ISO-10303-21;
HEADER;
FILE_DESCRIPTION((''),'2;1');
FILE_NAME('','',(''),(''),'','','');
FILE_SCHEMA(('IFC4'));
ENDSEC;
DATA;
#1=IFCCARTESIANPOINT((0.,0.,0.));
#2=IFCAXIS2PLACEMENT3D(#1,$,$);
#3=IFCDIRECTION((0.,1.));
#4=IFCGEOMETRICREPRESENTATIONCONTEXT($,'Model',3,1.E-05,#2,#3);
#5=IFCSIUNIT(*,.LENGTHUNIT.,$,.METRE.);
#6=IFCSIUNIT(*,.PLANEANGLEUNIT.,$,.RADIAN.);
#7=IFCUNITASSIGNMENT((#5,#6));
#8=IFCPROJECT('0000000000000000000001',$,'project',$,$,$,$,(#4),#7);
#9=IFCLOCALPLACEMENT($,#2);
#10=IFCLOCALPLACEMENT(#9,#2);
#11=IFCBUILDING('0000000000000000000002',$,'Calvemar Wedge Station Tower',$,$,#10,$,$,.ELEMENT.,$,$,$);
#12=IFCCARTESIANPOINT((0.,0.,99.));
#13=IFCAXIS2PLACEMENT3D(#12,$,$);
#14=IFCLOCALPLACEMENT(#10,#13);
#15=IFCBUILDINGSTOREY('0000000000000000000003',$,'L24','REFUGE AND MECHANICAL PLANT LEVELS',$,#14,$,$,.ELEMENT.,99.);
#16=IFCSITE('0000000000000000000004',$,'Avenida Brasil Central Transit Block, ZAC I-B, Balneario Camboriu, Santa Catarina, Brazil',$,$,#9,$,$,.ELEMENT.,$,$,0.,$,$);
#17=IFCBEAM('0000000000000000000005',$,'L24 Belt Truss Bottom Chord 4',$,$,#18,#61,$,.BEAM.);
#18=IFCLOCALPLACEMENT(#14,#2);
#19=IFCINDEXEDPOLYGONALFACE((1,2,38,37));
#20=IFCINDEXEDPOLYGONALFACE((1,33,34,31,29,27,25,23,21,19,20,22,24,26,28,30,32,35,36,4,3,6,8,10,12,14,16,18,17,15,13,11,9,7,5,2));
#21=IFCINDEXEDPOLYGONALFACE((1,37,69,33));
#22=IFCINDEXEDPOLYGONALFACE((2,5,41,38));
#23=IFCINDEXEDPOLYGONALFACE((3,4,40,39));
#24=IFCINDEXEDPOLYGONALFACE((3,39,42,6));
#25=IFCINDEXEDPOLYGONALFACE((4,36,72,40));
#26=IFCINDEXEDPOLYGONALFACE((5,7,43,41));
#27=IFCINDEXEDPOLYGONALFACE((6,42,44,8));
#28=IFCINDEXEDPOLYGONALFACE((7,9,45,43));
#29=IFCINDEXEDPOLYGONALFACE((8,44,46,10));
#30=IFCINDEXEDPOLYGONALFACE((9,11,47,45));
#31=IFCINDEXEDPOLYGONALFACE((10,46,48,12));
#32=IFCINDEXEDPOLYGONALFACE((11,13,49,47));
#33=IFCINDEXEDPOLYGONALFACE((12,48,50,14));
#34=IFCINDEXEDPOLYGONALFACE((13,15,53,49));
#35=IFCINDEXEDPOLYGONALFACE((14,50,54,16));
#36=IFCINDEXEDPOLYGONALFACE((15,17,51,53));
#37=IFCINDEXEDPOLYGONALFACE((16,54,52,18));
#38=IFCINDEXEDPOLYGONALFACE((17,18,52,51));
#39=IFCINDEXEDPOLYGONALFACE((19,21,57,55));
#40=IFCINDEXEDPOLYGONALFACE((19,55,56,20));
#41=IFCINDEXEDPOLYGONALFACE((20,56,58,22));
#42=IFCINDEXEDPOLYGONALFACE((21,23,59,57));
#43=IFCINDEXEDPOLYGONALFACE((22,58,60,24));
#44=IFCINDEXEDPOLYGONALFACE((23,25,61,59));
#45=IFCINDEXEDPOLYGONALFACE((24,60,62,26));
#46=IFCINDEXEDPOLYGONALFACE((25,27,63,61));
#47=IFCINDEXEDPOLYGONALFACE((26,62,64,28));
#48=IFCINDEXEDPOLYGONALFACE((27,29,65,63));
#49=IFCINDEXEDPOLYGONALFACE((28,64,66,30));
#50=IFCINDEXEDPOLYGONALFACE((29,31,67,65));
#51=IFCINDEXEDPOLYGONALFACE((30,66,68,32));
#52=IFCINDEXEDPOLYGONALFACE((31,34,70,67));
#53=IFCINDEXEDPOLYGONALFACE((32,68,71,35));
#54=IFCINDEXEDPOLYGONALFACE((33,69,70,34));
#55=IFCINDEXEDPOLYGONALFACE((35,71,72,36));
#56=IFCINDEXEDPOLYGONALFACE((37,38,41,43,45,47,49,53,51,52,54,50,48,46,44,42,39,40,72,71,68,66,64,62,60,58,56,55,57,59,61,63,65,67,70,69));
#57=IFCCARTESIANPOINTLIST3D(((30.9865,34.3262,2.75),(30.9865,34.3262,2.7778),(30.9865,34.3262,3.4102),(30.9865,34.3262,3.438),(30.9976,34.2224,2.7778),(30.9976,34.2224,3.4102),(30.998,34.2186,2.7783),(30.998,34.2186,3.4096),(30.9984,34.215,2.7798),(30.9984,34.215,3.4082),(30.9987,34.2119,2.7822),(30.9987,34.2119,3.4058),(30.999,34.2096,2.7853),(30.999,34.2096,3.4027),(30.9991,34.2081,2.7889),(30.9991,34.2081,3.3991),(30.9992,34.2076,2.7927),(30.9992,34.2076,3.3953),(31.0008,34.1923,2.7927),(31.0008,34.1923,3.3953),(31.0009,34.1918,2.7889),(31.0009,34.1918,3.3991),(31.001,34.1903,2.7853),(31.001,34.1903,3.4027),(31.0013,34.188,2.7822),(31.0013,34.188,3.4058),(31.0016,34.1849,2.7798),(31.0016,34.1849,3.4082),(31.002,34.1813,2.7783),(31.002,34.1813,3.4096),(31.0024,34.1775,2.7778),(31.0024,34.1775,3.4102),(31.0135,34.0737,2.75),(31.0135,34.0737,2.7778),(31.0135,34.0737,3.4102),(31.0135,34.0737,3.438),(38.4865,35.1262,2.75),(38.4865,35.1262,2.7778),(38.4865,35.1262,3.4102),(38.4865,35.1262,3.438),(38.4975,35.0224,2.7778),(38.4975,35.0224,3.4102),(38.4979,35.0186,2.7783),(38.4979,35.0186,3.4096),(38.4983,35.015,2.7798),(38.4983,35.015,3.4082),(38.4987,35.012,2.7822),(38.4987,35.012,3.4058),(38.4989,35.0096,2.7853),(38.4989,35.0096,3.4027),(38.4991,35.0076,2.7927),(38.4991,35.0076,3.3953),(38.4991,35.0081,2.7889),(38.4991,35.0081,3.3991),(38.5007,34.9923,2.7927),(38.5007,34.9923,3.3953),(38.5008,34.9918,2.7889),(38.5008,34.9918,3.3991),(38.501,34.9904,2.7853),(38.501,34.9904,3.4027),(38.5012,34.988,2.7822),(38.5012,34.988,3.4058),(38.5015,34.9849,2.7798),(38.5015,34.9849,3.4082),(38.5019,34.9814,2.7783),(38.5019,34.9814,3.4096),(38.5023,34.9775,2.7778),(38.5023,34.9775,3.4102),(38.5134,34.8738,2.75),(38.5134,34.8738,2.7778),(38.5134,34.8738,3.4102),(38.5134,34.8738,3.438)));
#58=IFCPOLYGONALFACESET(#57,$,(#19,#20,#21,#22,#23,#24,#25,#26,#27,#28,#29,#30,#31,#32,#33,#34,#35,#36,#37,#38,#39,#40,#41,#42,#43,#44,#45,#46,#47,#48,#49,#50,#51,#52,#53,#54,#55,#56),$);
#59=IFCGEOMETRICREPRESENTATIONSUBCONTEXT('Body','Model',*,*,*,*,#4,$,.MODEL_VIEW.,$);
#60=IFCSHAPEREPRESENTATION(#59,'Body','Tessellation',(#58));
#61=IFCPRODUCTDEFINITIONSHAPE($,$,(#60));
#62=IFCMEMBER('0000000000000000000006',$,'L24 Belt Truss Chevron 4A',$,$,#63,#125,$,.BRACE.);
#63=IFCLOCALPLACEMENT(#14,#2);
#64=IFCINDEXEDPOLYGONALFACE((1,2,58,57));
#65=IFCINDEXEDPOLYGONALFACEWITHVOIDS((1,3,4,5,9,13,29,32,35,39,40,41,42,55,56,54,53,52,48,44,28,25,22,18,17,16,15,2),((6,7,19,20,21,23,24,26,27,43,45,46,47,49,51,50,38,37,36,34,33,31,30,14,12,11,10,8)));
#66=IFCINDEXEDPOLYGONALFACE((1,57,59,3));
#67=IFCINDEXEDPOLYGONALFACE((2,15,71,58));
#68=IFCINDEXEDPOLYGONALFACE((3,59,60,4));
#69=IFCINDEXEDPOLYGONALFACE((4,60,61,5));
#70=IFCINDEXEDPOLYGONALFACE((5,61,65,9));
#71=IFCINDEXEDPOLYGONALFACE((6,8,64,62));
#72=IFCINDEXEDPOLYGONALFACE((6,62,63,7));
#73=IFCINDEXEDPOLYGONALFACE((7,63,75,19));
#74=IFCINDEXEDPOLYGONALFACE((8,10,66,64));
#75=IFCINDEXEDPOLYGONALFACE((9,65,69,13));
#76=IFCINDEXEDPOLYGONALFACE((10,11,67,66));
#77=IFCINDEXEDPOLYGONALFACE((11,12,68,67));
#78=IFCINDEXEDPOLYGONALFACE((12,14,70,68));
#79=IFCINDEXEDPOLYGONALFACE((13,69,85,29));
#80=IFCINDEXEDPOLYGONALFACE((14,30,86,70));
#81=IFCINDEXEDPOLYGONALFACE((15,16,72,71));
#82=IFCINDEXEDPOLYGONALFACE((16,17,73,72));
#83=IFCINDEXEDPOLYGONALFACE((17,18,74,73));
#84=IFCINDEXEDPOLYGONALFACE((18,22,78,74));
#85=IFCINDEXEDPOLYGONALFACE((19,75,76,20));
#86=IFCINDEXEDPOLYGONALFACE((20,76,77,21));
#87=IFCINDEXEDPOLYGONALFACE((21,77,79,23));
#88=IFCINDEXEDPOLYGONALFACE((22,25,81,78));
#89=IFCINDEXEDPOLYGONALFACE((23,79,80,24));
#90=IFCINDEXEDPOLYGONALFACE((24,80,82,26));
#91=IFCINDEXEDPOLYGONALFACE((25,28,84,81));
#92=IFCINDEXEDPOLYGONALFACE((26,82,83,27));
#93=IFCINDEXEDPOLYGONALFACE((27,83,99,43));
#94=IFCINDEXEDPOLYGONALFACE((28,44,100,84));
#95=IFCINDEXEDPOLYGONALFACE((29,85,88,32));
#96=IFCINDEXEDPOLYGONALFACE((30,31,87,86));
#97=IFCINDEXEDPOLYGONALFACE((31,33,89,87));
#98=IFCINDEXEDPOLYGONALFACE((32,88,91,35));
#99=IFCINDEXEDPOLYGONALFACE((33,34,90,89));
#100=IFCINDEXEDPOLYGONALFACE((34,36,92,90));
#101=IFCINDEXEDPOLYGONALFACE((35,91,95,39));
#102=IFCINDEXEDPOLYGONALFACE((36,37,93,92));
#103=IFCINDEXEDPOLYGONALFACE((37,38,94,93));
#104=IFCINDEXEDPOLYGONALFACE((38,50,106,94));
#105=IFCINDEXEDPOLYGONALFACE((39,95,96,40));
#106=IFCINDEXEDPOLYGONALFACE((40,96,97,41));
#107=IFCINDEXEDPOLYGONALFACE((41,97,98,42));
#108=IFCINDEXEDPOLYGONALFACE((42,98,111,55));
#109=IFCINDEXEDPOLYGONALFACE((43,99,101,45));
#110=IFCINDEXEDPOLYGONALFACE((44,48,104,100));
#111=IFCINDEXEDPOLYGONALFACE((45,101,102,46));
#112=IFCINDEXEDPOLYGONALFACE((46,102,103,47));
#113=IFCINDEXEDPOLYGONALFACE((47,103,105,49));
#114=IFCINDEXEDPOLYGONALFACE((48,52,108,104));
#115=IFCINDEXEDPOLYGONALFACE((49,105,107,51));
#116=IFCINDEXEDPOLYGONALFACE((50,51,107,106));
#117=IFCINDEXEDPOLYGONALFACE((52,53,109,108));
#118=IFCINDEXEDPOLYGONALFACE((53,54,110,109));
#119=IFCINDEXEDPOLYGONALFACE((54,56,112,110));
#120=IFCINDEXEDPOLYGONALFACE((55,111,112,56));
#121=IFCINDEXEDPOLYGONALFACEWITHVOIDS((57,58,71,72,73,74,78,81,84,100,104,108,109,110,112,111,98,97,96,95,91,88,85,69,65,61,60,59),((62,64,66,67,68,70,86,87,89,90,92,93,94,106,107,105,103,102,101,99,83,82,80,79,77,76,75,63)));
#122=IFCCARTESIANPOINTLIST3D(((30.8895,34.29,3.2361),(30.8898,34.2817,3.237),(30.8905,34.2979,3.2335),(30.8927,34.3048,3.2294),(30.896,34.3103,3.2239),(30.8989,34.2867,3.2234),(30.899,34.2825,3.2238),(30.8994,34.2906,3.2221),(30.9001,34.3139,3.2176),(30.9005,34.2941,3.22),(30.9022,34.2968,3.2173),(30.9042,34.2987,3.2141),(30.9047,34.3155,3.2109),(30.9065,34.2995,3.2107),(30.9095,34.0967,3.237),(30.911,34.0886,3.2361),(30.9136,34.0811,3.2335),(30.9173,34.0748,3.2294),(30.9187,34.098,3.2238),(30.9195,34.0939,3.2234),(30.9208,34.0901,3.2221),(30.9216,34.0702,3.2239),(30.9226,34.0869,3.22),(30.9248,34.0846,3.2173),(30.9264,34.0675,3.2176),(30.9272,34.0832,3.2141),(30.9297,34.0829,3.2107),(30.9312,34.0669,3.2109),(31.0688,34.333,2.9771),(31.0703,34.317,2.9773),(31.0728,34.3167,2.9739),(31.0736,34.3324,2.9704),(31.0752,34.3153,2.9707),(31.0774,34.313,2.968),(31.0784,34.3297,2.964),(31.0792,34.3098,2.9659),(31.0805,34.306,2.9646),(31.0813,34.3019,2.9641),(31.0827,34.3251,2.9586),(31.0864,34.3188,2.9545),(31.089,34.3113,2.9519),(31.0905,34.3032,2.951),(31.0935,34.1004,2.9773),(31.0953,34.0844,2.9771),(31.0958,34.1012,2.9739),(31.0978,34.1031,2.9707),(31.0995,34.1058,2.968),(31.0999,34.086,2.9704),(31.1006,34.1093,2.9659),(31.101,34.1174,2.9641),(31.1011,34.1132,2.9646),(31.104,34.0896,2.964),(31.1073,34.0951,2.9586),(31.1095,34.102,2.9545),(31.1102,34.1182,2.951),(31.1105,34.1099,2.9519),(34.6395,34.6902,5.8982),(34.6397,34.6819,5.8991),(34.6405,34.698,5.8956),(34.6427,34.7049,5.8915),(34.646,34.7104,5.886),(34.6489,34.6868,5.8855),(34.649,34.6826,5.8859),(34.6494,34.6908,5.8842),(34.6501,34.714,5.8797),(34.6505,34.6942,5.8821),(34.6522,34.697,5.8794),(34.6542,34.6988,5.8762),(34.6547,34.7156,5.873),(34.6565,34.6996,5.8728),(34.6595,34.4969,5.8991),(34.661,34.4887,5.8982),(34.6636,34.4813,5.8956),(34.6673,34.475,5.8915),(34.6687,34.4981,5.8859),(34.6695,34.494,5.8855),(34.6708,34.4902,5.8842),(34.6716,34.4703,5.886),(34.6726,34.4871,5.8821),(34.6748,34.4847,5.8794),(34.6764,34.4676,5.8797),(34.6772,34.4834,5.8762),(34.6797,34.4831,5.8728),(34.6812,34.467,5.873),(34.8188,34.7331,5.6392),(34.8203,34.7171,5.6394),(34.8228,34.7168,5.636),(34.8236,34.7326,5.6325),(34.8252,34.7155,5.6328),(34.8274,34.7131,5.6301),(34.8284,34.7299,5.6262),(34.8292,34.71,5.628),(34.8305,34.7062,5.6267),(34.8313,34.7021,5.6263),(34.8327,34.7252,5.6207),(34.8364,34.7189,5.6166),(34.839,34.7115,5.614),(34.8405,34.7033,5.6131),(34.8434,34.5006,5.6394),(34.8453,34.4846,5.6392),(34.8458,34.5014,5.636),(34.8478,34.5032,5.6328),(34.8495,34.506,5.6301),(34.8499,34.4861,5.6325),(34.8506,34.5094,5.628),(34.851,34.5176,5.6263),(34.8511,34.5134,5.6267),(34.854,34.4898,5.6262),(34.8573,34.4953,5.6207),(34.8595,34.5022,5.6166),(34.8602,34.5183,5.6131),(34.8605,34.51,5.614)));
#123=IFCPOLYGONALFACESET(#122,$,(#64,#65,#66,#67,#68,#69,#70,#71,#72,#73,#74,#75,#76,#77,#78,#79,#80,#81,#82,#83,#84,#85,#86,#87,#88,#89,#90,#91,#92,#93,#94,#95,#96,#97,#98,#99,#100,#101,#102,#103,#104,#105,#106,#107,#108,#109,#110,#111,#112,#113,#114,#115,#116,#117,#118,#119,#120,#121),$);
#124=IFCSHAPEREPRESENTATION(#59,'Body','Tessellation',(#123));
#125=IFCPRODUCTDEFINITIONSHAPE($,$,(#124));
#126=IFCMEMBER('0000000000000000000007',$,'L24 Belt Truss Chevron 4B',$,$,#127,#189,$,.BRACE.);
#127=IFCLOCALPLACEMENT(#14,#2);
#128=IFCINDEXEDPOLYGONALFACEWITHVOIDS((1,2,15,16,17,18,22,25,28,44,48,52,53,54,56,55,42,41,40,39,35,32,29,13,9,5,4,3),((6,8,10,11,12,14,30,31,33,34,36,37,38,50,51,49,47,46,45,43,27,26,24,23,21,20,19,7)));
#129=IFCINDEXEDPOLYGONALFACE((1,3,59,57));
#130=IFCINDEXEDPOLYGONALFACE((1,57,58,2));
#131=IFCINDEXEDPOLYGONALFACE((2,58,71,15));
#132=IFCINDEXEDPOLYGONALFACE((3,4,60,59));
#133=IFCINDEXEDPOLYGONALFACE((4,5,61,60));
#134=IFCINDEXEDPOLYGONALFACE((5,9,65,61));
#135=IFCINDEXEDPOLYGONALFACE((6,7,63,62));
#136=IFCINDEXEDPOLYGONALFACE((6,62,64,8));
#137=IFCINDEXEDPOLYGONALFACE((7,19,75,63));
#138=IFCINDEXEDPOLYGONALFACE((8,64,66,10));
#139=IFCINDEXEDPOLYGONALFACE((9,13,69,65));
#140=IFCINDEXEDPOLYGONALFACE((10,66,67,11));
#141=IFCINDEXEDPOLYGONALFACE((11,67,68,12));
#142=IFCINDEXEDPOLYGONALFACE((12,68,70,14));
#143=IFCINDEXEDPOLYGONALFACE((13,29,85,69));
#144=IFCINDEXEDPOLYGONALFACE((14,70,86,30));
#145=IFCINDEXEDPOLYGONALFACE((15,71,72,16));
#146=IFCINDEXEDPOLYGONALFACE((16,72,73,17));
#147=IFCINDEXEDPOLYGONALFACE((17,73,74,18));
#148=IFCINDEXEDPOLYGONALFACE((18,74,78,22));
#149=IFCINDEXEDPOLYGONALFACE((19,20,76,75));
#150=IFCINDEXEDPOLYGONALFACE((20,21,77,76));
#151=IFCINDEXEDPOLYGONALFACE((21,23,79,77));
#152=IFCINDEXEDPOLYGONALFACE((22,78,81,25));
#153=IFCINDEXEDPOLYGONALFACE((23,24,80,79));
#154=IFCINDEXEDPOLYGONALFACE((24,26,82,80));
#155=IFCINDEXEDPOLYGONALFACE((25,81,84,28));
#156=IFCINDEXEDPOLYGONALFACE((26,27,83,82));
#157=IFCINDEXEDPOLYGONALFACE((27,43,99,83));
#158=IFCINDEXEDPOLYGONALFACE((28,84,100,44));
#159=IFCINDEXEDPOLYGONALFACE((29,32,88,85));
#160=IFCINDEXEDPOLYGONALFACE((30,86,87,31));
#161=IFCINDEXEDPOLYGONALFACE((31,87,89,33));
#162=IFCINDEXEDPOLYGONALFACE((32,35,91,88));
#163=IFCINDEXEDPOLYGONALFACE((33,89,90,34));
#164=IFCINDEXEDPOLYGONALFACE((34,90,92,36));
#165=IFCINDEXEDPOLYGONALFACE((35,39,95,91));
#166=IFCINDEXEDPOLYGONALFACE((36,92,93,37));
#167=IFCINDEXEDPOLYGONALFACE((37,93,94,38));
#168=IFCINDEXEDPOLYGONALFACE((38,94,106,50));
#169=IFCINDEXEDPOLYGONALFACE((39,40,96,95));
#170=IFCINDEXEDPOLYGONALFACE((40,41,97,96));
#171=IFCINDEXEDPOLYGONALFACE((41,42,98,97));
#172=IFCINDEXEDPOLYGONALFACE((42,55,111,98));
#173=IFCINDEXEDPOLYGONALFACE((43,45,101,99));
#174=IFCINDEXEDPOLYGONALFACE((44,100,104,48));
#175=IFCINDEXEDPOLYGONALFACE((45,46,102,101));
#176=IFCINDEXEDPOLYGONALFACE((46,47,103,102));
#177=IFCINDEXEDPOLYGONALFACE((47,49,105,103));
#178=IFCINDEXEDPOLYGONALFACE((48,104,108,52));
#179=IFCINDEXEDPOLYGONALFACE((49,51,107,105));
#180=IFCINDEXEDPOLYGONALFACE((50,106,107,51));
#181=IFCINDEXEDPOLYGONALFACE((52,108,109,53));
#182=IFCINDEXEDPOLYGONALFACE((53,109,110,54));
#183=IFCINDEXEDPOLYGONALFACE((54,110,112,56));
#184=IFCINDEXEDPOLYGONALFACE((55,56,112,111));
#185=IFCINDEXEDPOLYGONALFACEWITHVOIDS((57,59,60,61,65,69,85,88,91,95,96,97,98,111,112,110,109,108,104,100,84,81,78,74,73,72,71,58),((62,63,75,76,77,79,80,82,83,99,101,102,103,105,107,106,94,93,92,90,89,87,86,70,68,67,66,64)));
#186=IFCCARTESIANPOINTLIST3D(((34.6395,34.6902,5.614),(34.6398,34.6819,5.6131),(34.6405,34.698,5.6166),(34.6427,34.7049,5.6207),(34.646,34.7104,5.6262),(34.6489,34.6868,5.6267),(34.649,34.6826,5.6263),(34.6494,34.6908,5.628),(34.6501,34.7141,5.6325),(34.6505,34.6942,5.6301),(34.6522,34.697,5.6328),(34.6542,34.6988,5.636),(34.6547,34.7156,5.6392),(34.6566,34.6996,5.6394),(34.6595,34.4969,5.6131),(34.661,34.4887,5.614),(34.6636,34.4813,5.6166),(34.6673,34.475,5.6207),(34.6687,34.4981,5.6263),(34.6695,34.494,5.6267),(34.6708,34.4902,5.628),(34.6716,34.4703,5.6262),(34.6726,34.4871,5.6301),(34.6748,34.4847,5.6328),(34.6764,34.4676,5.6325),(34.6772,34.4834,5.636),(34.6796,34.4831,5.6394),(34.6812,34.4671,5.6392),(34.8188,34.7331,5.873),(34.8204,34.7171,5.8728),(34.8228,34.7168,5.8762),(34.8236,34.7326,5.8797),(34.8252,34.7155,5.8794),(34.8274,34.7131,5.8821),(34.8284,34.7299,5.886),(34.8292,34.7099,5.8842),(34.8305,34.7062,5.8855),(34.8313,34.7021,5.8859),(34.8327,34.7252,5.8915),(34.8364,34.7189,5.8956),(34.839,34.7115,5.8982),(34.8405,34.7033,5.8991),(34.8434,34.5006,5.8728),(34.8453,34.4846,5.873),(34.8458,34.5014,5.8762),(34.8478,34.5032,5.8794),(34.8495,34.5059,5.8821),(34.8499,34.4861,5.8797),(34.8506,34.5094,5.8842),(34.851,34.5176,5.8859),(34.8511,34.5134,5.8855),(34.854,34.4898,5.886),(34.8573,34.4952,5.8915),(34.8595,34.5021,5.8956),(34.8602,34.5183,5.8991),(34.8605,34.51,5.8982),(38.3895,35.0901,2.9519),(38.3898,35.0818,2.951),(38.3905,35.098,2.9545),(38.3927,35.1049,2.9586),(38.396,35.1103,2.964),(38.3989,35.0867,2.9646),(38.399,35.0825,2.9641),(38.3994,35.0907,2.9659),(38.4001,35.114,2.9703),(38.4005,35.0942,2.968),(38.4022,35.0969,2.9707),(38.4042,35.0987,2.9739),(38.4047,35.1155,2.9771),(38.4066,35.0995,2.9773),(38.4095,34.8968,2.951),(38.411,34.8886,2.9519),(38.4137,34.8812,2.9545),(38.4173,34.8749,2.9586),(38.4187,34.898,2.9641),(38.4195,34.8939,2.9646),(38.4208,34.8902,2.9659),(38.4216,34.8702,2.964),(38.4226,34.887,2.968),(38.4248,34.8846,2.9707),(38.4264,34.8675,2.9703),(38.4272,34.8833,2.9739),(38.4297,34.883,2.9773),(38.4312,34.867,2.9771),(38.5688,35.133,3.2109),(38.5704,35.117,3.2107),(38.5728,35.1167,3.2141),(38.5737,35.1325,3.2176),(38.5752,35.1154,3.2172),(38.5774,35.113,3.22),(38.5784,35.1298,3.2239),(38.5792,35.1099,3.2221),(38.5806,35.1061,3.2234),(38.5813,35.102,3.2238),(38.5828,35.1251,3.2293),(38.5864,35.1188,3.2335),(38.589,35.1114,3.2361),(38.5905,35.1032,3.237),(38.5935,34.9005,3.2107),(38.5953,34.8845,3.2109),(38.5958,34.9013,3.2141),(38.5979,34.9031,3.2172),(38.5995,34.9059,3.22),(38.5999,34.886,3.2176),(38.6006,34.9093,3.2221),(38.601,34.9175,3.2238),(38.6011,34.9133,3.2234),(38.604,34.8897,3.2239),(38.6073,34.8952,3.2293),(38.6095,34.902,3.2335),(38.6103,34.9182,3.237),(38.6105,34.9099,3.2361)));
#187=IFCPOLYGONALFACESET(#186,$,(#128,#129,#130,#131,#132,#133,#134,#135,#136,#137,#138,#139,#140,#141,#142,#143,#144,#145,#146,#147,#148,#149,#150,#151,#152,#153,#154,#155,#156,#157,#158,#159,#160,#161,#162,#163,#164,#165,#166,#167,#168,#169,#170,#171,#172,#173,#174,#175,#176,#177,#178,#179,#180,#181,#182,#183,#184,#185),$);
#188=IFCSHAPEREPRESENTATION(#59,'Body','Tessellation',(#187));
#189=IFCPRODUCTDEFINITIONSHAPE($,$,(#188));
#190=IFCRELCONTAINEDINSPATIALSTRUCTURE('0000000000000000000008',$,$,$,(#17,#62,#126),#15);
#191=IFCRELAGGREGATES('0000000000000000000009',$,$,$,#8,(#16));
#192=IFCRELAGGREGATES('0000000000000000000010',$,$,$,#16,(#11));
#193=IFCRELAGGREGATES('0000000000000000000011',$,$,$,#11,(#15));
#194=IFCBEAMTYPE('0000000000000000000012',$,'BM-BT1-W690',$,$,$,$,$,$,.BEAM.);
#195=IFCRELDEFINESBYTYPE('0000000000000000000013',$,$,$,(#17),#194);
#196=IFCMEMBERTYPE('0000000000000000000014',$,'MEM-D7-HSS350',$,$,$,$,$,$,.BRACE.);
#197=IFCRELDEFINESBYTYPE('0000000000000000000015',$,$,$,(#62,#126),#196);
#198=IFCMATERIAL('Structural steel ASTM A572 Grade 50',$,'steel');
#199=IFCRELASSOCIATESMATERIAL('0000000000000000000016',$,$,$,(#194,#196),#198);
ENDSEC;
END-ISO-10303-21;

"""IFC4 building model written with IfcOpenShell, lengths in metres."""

from ifc_helpers import new_model, si_unit, direction, frame, origin, origin_2d, place, context, subcontext, project, spatial, hollow_rectangle, i_section, extrude, source, transform, mapped, material, material_profile, profile_set, type_object, element, save


model = new_model("IFC4")

# Units and contexts
model_context = context("Model", 3, precision=1e-05, world=origin(), true_north=direction((0.0, 1.0)))
body_context = subcontext(model_context, "Body", "Model", "MODEL_VIEW")
ifc_project = project(units=[si_unit("LENGTHUNIT", "METRE"), si_unit("PLANEANGLEUNIT", "RADIAN")], contexts=[model_context])

# Site, building, storey
site_placement = place(None, origin())
site = spatial("IfcSite", under=ifc_project, at=site_placement, Name="Avenida Brasil Central Transit Block, ZAC I-B, Balneario Camboriu, Santa Catarina, Brazil", CompositionType="ELEMENT", RefElevation=0.0)
building_placement = place(site_placement, origin())
building = spatial("IfcBuilding", under=site, at=building_placement, Name="Calvemar Wedge Station Tower", CompositionType="ELEMENT")
storey_placement = place(building_placement, frame((0.0, 0.0, 99.0)))
storey = spatial("IfcBuildingStorey", under=building, at=storey_placement, Name="L24", Description="REFUGE AND MECHANICAL PLANT LEVELS", CompositionType="ELEMENT", Elevation=99.0)

# Shared definitions
ifc_material_1 = material(Name="Structural steel ASTM A572 Grade 50", Category="steel")

# Beam
ifc_material_profile_1 = material_profile(ifc_material_1, i_section(OverallWidth=0.2539, OverallDepth=0.688, WebThickness=0.0154, FlangeThickness=0.0278, FilletRadius=0.0149, at=origin_2d()), Name="W690x192")
ifc_profile_set_1 = profile_set([ifc_material_profile_1], Name="Structural steel ASTM A572 Grade 50")
beam_type_1 = type_object("IfcBeamType", Name="BM-BT1-W690", PredefinedType="BEAM", material=ifc_profile_set_1)
shared_shape_1 = source(origin(), body_context, "Body", "SweptSolid", [
    extrude(i_section(OverallWidth=0.2539, OverallDepth=0.688, WebThickness=0.0154, FlangeThickness=0.0278, FilletRadius=0.0149, at=origin_2d()), origin(), (0.0, 0.0, 1.0), 7.5425),
])
beam_placement = place(storey_placement, frame((31.0, 34.2, 3.094), z_axis=(0.994359, 0.106071, 0.0), x_axis=(-0.106071, 0.994359, 0.0)))
element("IfcBeam", 1, at=beam_placement, inside=storey, type_object=beam_type_1, Name="L24 Belt Truss Bottom Chord 4", PredefinedType="BEAM", context=body_context, shape_type="MappedRepresentation", body=[
    mapped(shared_shape_1, transform((0.0, 0.0, 0.0), scale=1.0)),
])

# Members
ifc_material_profile_2 = material_profile(ifc_material_1, hollow_rectangle(XDim=0.25, YDim=0.3501, WallThickness=0.0161, InnerFilletRadius=0.0161, OuterFilletRadius=0.032, at=origin_2d()), Name="HSS350x250x16")
ifc_profile_set_2 = profile_set([ifc_material_profile_2], Name="Structural steel ASTM A572 Grade 50")
member_type_1 = type_object("IfcMemberType", Name="MEM-D7-HSS350", PredefinedType="BRACE", material=ifc_profile_set_2)
shared_shape_2 = source(origin(), body_context, "Body", "SweptSolid", [
    extrude(hollow_rectangle(XDim=0.25, YDim=0.3501, WallThickness=0.0161, InnerFilletRadius=0.0161, OuterFilletRadius=0.032, at=origin_2d()), origin(), (0.0, 0.0, 1.0), 4.6162),
])
for number, where, z_axis, x_axis, name in (
    (2, (31.0, 34.2, 3.094), (0.812354, 0.086683, 0.576687), (-0.106103, 0.994355, 0.0), "L24 Belt Truss Chevron 4A"),
    (3, (34.75, 34.6001, 5.7561), (0.812358, 0.08663, -0.576689), (-0.106039, 0.994362, 0.0), "L24 Belt Truss Chevron 4B"),
):
    element("IfcMember", number, at=place(storey_placement, frame(where, z_axis=z_axis, x_axis=x_axis)), inside=storey, type_object=member_type_1, Name=name, PredefinedType="BRACE", context=body_context, shape_type="MappedRepresentation", body=[
        mapped(shared_shape_2, transform((0.0, 0.0, 0.0), scale=1.0)),
    ])

save(model, "model.ifc")
